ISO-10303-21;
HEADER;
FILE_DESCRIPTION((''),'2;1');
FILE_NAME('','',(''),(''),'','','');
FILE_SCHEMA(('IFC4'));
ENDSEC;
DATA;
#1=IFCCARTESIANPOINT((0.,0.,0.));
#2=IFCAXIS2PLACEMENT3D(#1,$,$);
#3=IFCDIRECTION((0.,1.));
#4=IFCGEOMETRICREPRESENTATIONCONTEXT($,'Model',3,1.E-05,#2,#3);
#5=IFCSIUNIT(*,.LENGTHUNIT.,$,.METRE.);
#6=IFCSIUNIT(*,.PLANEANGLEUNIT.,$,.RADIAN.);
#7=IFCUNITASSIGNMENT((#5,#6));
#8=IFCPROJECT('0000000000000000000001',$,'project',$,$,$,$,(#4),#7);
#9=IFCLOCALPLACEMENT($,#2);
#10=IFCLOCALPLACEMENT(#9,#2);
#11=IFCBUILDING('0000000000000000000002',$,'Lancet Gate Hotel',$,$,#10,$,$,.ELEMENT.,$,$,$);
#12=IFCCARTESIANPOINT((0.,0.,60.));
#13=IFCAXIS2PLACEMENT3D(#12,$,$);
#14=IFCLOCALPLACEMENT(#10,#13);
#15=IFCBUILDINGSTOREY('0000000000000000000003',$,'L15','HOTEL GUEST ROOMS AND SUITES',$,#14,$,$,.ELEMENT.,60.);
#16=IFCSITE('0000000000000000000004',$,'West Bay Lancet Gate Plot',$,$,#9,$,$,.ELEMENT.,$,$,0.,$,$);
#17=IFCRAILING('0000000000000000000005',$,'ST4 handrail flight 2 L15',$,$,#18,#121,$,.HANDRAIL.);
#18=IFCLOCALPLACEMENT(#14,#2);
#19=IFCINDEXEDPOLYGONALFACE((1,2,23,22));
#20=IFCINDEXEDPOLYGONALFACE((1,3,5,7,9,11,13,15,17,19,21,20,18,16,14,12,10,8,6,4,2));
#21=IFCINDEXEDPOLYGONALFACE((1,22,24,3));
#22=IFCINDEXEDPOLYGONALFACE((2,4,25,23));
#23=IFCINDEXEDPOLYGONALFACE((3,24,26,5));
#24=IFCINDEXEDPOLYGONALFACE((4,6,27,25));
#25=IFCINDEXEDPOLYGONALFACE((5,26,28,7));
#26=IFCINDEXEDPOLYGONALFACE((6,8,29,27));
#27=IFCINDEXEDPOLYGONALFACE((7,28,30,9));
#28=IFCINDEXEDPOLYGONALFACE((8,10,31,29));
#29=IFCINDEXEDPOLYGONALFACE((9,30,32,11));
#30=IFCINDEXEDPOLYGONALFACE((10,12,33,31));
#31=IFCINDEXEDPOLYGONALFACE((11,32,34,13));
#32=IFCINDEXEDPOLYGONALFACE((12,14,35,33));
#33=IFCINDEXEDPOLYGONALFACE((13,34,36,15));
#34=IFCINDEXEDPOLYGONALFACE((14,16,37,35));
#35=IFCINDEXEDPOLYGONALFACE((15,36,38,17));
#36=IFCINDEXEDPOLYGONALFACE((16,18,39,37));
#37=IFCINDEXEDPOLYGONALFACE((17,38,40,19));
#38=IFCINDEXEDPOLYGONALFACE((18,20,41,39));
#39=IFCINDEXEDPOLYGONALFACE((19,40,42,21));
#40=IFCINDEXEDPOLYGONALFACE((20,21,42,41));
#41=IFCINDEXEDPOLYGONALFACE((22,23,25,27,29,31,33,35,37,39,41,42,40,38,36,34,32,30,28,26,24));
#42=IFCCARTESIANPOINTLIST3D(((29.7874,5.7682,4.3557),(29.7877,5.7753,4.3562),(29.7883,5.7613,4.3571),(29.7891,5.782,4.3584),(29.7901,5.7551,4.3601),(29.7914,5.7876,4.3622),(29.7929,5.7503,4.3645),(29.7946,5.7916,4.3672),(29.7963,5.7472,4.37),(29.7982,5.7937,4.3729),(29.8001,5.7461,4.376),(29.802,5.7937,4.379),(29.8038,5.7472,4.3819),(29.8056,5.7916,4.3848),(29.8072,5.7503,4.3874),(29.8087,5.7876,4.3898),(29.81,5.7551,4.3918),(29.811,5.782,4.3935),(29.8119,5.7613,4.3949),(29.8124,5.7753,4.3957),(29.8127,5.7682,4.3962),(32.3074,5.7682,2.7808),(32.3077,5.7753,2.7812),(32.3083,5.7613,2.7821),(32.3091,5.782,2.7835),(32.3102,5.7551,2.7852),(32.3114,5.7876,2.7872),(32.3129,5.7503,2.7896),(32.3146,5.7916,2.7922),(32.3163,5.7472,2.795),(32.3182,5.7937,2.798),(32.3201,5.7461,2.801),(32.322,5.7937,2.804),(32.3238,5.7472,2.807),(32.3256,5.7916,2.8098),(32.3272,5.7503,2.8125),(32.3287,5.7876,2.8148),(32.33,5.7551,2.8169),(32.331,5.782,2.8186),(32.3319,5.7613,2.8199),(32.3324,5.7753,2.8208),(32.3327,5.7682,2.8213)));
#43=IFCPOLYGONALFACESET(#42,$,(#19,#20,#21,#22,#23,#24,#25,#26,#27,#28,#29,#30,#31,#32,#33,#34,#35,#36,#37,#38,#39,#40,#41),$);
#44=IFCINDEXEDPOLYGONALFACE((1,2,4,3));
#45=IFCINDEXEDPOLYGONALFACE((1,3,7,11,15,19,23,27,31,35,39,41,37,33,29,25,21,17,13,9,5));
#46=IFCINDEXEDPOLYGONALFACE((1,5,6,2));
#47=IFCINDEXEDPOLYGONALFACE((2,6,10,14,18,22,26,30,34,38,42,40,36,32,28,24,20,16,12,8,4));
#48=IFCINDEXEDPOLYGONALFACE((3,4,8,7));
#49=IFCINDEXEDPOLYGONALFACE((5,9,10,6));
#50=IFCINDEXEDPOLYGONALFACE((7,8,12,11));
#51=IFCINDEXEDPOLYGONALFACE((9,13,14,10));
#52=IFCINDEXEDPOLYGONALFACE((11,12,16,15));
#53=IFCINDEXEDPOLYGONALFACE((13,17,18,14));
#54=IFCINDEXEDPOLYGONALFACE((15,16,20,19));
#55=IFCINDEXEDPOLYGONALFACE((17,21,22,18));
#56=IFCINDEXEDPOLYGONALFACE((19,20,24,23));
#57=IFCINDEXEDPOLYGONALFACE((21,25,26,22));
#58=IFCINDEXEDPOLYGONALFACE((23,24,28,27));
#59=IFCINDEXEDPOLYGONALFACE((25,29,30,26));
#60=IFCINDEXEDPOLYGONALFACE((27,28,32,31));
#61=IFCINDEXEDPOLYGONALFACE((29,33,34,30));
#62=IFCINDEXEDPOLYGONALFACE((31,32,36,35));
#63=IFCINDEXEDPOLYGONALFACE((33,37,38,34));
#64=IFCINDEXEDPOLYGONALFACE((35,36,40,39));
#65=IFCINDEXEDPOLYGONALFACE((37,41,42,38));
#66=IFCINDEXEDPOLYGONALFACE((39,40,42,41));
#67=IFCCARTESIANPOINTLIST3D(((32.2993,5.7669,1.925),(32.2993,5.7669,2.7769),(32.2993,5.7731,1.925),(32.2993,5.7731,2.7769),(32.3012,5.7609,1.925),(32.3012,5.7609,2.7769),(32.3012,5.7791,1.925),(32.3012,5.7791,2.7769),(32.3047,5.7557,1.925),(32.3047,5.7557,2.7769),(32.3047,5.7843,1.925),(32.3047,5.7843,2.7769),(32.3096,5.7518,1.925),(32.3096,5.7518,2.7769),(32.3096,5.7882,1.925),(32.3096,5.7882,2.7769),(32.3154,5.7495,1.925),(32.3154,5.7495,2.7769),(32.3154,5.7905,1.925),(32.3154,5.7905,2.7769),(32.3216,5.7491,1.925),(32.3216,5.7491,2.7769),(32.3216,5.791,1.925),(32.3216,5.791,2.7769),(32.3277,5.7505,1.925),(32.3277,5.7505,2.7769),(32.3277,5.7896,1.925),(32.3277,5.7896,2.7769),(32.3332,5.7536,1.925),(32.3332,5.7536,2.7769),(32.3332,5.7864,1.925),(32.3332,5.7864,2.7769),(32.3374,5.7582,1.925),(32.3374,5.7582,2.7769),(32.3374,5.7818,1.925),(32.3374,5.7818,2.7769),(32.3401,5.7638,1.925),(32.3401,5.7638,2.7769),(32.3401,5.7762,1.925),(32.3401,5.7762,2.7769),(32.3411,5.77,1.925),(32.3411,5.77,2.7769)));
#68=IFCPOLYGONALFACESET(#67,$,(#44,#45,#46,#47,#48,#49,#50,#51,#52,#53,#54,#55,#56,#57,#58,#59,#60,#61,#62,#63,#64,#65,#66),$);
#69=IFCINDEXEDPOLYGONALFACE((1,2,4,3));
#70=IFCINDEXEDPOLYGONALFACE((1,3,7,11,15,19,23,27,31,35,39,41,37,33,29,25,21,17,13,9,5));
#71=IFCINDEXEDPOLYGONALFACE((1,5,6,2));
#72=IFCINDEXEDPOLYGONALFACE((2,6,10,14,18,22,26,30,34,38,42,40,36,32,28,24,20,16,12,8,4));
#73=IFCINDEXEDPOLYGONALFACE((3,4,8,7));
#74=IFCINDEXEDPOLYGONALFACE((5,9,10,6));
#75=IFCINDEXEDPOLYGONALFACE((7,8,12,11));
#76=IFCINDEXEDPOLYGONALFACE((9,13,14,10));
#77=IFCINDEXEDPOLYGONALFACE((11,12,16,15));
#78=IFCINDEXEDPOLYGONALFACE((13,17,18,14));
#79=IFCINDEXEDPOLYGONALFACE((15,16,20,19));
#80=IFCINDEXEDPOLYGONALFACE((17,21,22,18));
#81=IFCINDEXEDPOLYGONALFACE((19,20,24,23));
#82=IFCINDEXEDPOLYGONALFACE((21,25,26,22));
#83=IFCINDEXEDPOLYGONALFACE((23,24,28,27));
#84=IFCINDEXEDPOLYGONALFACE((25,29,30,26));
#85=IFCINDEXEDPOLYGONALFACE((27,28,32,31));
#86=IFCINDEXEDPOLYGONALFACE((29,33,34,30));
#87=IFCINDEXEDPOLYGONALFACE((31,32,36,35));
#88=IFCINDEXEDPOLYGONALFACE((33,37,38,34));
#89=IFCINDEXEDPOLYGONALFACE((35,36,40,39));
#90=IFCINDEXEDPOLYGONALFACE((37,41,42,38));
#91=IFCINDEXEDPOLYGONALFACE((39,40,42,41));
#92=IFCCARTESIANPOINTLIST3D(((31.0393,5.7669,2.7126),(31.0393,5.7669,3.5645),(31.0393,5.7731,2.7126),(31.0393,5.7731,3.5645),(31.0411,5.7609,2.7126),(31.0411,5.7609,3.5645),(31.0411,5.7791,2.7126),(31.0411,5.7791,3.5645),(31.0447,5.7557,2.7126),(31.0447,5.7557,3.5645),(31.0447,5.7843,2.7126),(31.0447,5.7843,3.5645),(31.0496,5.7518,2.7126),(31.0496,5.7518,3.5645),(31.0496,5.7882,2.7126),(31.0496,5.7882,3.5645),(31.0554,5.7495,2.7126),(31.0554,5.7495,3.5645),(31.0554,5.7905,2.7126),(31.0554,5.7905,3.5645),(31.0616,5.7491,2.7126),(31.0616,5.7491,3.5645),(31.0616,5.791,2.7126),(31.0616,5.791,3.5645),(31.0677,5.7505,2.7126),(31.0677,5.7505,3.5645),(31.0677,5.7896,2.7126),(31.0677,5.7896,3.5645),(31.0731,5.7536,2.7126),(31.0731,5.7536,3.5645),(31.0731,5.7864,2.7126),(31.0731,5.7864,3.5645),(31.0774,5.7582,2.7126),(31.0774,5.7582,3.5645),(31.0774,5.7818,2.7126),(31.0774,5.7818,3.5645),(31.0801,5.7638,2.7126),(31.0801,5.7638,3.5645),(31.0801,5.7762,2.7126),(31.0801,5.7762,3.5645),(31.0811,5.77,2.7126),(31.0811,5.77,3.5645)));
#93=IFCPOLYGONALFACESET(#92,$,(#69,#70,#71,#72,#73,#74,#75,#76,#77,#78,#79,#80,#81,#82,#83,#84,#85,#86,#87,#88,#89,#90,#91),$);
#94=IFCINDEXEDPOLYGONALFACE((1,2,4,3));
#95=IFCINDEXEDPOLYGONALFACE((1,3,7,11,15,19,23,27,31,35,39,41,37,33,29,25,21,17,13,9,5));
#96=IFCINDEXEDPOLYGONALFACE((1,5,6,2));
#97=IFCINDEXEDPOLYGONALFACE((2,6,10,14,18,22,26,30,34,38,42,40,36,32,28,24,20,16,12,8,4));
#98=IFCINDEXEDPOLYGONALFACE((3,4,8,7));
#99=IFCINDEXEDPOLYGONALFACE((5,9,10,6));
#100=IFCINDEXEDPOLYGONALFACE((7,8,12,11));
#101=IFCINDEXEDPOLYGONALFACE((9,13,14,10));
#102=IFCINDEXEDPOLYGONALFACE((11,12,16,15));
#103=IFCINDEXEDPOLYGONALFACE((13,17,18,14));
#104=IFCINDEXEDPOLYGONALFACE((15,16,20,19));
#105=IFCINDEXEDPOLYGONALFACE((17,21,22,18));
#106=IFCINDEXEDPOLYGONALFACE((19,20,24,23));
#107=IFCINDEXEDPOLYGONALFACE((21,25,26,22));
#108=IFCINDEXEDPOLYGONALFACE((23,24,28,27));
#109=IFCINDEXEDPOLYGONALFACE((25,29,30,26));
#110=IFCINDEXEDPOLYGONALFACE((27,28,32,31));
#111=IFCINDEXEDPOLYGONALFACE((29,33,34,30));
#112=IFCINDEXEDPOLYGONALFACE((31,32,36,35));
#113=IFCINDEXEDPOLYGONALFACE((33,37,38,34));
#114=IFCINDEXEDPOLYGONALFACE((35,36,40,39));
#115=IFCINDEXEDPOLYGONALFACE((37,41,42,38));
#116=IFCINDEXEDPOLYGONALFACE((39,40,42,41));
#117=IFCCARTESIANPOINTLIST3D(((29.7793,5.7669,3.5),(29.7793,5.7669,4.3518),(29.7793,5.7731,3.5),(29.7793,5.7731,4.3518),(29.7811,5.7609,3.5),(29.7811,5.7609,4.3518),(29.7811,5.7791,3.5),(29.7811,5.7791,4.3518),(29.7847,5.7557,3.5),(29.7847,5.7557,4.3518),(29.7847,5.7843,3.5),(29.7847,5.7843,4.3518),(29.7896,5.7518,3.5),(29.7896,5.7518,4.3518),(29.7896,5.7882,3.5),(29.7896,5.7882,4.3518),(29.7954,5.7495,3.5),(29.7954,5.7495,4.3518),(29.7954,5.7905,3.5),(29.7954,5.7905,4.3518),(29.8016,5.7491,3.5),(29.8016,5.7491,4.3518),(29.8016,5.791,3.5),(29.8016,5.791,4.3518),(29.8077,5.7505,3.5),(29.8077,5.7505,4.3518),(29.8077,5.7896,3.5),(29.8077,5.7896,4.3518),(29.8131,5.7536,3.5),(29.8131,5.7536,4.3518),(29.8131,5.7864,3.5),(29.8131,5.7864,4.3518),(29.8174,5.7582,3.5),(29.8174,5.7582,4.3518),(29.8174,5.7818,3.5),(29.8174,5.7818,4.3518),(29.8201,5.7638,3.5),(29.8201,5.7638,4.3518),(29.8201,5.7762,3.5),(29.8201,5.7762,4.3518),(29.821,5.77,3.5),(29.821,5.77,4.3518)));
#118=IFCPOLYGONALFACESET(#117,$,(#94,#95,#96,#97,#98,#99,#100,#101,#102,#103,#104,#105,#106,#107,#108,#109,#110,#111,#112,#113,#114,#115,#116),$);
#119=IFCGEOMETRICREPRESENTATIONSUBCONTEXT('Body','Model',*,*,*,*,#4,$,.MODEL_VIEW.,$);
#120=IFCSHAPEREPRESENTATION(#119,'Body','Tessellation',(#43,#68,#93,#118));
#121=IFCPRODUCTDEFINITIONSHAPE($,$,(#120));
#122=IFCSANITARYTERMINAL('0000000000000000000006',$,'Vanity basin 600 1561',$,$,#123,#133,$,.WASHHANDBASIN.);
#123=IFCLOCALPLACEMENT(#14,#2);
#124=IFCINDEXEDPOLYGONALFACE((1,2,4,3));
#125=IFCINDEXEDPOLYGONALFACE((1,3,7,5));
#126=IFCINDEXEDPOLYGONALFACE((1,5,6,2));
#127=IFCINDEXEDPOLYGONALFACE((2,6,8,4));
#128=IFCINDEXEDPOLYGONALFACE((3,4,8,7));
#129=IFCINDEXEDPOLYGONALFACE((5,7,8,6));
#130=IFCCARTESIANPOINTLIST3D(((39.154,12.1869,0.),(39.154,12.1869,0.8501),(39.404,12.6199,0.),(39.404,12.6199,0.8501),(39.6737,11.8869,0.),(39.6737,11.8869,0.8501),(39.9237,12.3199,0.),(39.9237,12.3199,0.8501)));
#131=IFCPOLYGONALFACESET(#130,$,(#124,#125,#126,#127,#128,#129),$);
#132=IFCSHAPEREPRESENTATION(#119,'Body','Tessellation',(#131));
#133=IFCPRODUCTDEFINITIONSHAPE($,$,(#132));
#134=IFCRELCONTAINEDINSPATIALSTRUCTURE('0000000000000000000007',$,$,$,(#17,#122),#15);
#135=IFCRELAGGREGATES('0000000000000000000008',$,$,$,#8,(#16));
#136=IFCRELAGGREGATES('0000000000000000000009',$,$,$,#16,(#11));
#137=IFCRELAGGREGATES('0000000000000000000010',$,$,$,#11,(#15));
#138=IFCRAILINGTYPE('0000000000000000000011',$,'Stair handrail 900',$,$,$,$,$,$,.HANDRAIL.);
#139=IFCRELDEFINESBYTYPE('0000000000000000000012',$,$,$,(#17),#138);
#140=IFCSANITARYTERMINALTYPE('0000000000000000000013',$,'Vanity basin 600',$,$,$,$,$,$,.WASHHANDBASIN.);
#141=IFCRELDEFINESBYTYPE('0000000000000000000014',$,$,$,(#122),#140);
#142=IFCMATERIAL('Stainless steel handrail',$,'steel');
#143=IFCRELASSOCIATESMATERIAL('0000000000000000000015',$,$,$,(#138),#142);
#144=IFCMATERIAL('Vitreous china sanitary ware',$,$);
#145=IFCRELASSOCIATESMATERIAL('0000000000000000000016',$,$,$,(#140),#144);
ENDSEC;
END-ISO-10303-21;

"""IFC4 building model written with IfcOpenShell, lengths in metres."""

from ifc_helpers import new_model, si_unit, direction, frame, origin, origin_2d, place, context, subcontext, project, spatial, rectangle, circle, extrude, material, type_object, element, save


model = new_model("IFC4")

# Units and contexts
model_context = context("Model", 3, precision=1e-05, world=origin(), true_north=direction((0.0, 1.0)))
body_context = subcontext(model_context, "Body", "Model", "MODEL_VIEW")
ifc_project = project(units=[si_unit("LENGTHUNIT", "METRE"), si_unit("PLANEANGLEUNIT", "RADIAN")], contexts=[model_context])

# Site, building, storey
site_placement = place(None, origin())
site = spatial("IfcSite", under=ifc_project, at=site_placement, Name="West Bay Lancet Gate Plot", CompositionType="ELEMENT", RefElevation=0.0)
building_placement = place(site_placement, origin())
building = spatial("IfcBuilding", under=site, at=building_placement, Name="Lancet Gate Hotel", CompositionType="ELEMENT")
storey_placement = place(building_placement, frame((0.0, 0.0, 60.0)))
storey = spatial("IfcBuildingStorey", under=building, at=storey_placement, Name="L15", Description="HOTEL GUEST ROOMS AND SUITES", CompositionType="ELEMENT", Elevation=60.0)

# Railing
ifc_material_1 = material(Name="Stainless steel handrail", Category="steel")
railing_type = type_object("IfcRailingType", Name="Stair handrail 900", PredefinedType="HANDRAIL", material=ifc_material_1)
railing_placement = place(storey_placement, frame((32.3201, 5.77, 1.925)))
element("IfcRailing", 1, at=railing_placement, inside=storey, type_object=railing_type, Name="ST4 handrail flight 2 L15", PredefinedType="HANDRAIL", context=body_context, shape_type="SweptSolid", body=[
    extrude(circle(Radius=0.0239, at=origin_2d()), frame((0.0, 0.0, 0.876), z_axis=(-0.848008, 0.0, 0.529984), x_axis=(0.0, -1.0, 0.0)), (0.0, 0.0, 1.0), 2.9717),
    extrude(circle(Radius=0.021, at=origin_2d()), origin(), (0.0, 0.0, 1.0), 0.8518),
    extrude(circle(Radius=0.021, at=origin_2d()), frame((-1.26, 0.0, 0.7876)), (0.0, 0.0, 1.0), 0.8518),
    extrude(circle(Radius=0.021, at=origin_2d()), frame((-2.52, 0.0, 1.575)), (0.0, 0.0, 1.0), 0.8518),
])

# Sanitary terminal
ifc_material_2 = material(Name="Vitreous china sanitary ware")
sanitary_terminal_type = type_object("IfcSanitaryTerminalType", Name="Vanity basin 600", PredefinedType="WASHHANDBASIN", material=ifc_material_2)
sanitary_terminal_placement = place(storey_placement, frame((39.5388, 12.2534, 0.0), z_axis=(0.0, 0.0, 1.0), x_axis=(0.866025, -0.5, 0.0)))
element("IfcSanitaryTerminal", 2, at=sanitary_terminal_placement, inside=storey, type_object=sanitary_terminal_type, Name="Vanity basin 600 1561", PredefinedType="WASHHANDBASIN", context=body_context, shape_type="SweptSolid", body=[
    extrude(rectangle(XDim=0.6001, YDim=0.5, at=origin_2d()), origin(), (0.0, 0.0, 1.0), 0.8501),
])

save(model, "model.ifc")
